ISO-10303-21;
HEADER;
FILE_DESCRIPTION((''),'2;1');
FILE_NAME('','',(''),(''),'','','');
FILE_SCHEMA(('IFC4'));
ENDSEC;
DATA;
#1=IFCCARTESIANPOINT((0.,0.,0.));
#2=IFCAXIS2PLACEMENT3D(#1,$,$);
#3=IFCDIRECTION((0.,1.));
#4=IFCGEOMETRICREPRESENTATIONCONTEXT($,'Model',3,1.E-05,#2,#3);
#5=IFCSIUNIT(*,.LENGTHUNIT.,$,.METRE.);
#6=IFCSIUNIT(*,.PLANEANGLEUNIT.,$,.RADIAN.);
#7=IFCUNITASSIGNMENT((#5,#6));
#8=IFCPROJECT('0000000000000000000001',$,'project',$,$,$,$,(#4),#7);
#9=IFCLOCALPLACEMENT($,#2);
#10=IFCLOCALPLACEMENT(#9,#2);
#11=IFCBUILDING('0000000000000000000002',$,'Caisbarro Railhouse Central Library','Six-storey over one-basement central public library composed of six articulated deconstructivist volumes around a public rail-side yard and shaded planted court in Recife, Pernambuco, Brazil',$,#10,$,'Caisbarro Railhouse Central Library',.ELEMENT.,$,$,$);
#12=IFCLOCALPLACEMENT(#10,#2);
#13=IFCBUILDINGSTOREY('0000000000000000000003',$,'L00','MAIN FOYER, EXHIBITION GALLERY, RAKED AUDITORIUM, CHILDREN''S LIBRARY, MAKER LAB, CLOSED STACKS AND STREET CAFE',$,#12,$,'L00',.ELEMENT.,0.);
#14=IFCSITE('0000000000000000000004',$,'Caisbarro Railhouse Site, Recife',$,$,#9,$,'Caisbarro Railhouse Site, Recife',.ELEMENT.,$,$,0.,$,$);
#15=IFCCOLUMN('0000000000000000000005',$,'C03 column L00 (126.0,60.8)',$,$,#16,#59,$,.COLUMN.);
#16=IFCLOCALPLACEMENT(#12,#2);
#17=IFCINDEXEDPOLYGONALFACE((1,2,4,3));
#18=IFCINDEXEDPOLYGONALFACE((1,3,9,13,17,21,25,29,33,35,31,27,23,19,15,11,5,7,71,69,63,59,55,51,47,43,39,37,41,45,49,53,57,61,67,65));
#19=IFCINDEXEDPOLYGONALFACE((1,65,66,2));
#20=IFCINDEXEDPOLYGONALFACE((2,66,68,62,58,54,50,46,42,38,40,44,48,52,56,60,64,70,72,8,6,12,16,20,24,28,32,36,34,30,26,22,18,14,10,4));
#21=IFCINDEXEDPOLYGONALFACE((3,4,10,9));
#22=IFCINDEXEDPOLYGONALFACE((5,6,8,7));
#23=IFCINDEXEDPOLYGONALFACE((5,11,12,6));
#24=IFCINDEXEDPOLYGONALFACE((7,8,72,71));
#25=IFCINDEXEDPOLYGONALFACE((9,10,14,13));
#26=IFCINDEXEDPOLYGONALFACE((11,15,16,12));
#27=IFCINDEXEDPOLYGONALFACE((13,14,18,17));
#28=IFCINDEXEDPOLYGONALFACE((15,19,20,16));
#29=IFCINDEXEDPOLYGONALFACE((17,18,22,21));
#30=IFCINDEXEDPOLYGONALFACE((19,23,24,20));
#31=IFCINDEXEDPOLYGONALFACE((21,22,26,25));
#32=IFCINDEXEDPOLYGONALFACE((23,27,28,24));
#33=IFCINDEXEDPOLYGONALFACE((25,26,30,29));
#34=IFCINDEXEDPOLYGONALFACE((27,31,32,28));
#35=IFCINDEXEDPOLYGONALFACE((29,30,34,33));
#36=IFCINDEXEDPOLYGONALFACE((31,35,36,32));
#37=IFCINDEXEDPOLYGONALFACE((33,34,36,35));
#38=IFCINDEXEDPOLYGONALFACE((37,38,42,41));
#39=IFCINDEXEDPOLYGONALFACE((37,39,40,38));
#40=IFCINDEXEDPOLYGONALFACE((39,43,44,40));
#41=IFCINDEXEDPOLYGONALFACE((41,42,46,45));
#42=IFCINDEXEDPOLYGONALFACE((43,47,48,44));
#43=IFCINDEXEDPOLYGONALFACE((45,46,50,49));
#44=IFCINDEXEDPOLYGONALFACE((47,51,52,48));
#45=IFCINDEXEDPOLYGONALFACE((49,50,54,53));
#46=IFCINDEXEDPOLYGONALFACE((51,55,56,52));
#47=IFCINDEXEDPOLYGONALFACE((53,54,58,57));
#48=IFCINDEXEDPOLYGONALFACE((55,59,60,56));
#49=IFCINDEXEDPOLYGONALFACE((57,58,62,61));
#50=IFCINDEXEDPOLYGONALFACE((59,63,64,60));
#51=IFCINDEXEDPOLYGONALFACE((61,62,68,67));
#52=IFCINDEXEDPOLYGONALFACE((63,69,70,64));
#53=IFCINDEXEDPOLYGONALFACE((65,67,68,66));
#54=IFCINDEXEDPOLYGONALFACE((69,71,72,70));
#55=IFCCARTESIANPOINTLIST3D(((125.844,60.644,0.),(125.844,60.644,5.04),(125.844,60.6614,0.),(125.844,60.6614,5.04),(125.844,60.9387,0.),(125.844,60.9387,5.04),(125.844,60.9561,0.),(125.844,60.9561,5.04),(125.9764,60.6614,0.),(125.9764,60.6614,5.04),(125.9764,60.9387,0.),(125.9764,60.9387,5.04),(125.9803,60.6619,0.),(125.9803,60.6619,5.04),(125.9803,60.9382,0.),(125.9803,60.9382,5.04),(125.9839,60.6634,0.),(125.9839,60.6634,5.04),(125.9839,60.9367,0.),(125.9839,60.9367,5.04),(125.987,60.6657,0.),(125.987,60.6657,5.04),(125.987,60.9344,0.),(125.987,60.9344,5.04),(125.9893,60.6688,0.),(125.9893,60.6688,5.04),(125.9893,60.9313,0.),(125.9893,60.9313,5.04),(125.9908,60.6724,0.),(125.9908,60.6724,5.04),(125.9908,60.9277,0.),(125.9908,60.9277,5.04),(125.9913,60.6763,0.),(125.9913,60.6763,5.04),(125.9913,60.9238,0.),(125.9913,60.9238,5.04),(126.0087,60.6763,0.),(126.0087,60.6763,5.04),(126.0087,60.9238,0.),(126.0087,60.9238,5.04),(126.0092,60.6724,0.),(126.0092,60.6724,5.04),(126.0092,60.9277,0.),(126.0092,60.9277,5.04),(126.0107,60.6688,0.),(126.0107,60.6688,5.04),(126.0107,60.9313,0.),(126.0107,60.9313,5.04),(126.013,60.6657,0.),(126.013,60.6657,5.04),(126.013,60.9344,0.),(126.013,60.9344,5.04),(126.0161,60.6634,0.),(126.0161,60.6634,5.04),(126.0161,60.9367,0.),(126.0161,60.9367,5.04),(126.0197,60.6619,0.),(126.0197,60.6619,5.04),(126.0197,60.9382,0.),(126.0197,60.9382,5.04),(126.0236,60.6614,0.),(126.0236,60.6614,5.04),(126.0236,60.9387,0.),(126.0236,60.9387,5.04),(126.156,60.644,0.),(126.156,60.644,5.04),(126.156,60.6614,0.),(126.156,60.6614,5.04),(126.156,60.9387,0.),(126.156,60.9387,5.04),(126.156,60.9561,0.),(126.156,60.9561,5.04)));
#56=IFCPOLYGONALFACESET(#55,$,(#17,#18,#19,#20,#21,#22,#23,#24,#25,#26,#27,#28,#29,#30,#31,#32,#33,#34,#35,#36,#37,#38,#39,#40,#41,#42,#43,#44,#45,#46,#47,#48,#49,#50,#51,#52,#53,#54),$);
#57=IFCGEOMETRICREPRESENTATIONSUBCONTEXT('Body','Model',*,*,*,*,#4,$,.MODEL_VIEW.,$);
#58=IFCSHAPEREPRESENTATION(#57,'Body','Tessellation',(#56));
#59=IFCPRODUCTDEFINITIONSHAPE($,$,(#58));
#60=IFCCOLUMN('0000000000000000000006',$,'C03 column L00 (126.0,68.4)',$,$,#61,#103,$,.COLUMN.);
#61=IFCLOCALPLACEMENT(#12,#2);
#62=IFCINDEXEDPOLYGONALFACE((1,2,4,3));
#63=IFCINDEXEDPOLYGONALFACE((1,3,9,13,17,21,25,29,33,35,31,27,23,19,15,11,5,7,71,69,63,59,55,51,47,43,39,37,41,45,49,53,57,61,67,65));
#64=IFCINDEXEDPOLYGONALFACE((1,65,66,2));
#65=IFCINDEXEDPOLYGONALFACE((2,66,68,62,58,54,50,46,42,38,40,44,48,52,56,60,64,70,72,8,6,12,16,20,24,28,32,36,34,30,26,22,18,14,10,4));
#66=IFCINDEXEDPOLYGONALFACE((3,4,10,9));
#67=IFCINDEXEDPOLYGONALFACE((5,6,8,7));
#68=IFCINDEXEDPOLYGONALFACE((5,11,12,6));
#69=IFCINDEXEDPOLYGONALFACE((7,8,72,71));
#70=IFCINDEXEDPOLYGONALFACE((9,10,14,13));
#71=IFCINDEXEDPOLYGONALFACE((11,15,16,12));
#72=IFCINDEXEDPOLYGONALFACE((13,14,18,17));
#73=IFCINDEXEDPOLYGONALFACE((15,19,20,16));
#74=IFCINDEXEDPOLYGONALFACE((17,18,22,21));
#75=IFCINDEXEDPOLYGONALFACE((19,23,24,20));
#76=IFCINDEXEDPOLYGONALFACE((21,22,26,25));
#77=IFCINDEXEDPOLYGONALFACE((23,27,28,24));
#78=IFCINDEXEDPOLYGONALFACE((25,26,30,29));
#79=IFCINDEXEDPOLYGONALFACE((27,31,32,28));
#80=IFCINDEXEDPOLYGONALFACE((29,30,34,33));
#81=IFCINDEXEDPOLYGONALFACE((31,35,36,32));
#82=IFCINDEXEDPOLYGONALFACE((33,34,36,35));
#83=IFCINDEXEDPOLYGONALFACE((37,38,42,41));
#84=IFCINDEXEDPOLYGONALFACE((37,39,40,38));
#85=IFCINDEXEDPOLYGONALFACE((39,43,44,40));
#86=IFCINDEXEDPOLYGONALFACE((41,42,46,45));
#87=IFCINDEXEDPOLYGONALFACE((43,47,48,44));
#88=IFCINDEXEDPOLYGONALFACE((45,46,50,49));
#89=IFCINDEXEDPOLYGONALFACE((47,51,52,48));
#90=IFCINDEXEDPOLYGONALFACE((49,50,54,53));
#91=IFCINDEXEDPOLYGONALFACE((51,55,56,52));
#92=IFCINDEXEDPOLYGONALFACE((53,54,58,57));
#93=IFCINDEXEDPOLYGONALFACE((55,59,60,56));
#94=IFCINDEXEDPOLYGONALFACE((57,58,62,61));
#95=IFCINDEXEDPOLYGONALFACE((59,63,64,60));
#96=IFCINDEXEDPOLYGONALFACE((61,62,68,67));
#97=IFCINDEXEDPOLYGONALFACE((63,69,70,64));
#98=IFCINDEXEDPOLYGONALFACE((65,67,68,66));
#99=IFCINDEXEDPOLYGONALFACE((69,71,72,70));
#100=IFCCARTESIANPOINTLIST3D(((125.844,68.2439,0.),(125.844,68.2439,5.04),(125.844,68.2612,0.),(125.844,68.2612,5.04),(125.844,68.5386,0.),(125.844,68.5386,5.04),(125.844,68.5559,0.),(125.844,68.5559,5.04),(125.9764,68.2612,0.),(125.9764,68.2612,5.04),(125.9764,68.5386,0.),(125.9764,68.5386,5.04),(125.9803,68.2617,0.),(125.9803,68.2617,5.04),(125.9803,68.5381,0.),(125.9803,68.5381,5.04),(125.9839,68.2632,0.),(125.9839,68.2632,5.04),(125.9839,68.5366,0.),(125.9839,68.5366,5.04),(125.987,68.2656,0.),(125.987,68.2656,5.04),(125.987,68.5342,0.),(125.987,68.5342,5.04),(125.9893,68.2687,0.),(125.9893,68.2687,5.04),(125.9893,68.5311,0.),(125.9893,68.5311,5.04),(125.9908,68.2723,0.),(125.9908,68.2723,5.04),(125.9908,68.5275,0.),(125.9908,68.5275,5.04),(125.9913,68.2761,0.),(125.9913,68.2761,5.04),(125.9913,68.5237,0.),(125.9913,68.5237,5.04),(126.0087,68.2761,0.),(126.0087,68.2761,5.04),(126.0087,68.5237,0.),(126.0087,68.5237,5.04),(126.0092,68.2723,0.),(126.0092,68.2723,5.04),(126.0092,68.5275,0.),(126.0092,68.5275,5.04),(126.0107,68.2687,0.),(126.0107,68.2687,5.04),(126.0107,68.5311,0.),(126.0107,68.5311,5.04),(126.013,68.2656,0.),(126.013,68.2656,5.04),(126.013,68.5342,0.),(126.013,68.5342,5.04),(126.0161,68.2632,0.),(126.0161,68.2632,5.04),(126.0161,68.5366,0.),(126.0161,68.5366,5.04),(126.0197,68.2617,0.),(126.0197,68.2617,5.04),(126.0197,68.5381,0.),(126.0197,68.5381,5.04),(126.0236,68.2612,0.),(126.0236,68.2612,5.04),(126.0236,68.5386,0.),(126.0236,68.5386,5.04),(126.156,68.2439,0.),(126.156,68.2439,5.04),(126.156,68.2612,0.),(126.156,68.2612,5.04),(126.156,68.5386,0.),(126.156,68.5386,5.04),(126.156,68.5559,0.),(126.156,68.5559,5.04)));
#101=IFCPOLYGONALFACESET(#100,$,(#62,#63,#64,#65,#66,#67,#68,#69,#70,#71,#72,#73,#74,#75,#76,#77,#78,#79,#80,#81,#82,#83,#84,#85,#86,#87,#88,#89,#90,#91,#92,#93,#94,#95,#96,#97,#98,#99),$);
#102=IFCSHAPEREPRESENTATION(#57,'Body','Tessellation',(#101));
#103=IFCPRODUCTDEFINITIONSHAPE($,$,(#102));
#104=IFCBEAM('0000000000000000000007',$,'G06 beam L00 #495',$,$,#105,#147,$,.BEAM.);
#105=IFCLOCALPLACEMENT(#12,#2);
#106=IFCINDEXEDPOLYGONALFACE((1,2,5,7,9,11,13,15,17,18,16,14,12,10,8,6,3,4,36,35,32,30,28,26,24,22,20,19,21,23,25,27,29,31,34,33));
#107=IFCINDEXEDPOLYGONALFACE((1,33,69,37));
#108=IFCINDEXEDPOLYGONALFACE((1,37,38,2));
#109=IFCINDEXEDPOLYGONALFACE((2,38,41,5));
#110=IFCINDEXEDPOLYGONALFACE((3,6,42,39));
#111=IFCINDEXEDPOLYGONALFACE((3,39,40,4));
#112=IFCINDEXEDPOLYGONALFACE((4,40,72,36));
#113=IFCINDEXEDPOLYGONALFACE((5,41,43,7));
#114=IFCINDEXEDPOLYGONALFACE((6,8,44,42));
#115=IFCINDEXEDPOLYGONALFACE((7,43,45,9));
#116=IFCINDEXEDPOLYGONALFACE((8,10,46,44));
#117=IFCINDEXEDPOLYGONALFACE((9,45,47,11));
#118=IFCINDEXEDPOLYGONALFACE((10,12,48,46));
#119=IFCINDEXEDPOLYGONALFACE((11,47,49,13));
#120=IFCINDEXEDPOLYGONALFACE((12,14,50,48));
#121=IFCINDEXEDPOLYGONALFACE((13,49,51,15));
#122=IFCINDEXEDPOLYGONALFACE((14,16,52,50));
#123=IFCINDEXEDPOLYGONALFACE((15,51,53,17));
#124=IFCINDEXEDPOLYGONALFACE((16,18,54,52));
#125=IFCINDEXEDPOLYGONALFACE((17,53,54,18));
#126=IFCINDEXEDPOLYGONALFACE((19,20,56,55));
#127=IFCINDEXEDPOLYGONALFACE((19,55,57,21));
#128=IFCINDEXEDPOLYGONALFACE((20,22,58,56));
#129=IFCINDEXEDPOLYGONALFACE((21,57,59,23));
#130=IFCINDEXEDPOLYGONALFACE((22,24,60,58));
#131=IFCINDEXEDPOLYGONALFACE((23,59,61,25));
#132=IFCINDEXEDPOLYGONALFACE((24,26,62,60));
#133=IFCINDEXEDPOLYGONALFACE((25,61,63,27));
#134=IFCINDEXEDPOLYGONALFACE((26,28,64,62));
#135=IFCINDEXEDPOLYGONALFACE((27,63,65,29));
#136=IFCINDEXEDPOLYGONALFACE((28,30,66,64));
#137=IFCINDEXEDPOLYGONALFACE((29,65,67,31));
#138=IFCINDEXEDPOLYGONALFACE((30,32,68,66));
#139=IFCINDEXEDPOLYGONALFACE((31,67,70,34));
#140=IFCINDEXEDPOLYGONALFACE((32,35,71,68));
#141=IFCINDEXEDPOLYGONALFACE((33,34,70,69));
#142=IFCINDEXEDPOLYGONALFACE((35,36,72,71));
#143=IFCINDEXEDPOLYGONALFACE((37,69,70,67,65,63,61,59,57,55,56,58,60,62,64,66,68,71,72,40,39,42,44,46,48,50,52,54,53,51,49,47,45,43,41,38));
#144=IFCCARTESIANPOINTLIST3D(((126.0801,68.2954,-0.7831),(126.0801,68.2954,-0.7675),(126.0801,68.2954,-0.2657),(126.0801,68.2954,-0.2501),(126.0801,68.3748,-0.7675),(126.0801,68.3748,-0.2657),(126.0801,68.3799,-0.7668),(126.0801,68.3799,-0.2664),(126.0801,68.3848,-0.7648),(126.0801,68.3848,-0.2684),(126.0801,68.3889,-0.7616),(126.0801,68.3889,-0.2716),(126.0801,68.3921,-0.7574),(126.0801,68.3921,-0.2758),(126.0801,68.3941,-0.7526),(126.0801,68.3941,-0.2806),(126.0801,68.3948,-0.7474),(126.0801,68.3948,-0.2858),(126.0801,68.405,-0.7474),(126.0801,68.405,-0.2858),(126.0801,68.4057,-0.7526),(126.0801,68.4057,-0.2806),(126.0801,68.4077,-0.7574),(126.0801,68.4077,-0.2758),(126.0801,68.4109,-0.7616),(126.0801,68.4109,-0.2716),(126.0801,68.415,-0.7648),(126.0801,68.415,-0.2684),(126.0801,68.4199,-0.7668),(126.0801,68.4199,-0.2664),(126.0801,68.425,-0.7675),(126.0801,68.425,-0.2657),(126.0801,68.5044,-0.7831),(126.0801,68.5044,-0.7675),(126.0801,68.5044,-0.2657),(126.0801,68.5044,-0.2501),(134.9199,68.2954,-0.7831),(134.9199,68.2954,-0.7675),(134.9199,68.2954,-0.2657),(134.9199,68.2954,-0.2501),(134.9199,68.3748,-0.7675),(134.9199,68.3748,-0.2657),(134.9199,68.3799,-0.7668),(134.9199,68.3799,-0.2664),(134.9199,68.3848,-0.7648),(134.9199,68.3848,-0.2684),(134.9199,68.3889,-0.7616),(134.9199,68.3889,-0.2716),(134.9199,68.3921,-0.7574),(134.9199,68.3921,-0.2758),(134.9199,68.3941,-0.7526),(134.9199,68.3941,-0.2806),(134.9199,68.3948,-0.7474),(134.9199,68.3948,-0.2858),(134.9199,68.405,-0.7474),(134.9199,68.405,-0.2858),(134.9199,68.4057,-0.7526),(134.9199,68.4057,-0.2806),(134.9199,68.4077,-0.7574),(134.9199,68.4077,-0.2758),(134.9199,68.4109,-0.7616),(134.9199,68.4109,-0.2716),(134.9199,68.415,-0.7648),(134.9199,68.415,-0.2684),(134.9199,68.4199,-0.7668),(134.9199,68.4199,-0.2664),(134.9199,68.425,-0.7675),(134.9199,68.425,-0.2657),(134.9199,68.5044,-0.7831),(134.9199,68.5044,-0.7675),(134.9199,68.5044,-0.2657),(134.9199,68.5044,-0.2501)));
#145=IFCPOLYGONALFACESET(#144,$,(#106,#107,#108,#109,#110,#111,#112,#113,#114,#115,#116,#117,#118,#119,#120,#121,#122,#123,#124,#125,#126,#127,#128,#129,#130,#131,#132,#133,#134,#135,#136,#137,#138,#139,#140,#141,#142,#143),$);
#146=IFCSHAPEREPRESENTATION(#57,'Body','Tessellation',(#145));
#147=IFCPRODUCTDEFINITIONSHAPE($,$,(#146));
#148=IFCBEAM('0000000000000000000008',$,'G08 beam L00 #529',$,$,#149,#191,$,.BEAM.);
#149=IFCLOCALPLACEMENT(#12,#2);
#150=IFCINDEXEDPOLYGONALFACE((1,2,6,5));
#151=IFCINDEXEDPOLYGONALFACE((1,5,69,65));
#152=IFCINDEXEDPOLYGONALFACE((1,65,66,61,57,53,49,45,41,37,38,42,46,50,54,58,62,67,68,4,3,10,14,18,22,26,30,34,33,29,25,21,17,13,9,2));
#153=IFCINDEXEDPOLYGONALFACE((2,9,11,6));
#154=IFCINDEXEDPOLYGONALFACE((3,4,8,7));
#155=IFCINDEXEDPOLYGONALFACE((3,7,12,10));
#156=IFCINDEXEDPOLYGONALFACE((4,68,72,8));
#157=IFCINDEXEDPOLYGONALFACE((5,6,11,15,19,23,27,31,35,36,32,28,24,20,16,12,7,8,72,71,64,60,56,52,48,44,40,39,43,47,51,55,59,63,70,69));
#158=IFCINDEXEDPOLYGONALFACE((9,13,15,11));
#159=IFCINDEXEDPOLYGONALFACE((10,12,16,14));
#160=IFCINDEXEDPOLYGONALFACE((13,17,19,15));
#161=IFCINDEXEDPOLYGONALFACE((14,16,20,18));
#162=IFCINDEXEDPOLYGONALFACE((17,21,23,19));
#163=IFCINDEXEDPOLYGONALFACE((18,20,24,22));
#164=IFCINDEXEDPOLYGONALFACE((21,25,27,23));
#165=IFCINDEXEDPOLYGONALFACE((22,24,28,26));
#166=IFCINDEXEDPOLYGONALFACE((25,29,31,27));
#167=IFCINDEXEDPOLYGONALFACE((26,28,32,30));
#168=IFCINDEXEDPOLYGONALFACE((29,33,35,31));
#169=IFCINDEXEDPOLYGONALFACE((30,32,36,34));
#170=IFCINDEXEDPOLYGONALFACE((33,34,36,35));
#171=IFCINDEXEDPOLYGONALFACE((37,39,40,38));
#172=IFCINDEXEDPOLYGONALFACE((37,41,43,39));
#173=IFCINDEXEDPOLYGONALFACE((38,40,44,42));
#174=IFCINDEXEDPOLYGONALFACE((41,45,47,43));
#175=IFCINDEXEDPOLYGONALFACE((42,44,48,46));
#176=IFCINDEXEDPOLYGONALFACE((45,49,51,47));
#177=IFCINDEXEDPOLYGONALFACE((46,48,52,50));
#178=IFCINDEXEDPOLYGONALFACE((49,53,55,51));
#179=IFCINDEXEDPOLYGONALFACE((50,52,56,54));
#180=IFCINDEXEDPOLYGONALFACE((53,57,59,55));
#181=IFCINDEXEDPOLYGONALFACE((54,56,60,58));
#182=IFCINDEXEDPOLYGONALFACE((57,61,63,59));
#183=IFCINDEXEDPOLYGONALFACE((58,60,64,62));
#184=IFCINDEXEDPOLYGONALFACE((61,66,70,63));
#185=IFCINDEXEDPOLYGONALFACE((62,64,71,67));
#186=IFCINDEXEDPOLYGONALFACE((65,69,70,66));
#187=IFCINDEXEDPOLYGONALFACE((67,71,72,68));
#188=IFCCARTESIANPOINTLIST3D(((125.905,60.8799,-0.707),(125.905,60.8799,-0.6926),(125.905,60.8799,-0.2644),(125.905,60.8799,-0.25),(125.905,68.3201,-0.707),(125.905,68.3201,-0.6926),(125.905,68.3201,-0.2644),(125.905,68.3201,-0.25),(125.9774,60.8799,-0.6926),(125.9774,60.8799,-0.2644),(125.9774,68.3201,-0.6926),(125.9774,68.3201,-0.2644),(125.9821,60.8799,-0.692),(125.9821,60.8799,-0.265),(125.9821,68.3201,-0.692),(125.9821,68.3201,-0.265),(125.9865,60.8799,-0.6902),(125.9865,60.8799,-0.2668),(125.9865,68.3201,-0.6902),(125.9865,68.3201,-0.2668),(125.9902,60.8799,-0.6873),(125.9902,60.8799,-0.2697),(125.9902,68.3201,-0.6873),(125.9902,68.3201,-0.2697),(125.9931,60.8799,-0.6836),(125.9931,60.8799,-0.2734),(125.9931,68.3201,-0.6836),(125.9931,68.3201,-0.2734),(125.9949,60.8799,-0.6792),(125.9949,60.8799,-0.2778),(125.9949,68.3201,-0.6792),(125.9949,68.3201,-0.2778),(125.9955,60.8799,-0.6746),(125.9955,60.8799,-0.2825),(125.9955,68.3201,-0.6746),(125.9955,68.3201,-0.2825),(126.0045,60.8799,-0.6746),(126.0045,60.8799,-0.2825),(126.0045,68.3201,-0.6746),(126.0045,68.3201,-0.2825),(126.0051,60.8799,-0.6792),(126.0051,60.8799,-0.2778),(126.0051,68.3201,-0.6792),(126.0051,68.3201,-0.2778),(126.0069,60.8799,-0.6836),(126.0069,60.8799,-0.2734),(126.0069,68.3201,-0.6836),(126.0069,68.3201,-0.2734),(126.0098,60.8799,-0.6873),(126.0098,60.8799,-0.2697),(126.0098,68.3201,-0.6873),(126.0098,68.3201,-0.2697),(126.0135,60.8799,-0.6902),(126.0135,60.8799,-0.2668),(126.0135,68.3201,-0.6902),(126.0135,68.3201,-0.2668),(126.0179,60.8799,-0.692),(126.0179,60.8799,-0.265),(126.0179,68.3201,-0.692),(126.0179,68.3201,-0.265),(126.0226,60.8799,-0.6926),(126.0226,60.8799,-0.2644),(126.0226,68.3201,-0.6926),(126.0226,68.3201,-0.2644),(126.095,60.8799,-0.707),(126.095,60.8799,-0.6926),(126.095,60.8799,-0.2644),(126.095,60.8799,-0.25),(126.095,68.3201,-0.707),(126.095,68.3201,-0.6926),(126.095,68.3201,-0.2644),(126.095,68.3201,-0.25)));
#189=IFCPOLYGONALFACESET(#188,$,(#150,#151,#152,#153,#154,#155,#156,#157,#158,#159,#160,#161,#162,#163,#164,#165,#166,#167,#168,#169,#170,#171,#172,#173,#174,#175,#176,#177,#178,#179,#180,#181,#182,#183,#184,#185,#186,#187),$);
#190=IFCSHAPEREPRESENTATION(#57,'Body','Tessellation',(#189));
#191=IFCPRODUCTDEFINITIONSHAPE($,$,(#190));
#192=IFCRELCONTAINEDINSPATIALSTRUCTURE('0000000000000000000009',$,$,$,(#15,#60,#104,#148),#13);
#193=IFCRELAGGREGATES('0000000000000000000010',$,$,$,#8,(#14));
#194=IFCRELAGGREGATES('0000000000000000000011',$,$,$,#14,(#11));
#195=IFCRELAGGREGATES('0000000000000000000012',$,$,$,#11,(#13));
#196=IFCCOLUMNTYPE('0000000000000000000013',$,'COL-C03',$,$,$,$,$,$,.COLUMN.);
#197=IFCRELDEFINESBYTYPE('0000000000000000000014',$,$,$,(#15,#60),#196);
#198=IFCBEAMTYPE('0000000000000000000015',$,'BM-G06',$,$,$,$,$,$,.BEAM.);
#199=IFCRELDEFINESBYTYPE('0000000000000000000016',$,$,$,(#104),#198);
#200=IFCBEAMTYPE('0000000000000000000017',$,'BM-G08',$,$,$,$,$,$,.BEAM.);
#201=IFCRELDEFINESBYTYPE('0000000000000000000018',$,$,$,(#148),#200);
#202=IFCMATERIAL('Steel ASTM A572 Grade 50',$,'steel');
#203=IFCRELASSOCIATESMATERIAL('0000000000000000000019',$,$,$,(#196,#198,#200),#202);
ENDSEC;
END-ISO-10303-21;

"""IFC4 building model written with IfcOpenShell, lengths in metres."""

from ifc_helpers import new_model, si_unit, direction, frame, origin, origin_2d, place, context, subcontext, project, spatial, i_section, extrude, material, material_profile, profile_set, type_object, element, save


model = new_model("IFC4")

# Units and contexts
model_context = context("Model", 3, precision=1e-05, world=origin(), true_north=direction((0.0, 1.0)))
body_context = subcontext(model_context, "Body", "Model", "MODEL_VIEW")
ifc_project = project(units=[si_unit("LENGTHUNIT", "METRE"), si_unit("PLANEANGLEUNIT", "RADIAN")], contexts=[model_context])

# Site, building, storey
site_placement = place(None, origin())
site = spatial("IfcSite", under=ifc_project, at=site_placement, Name="Caisbarro Railhouse Site, Recife", LongName="Caisbarro Railhouse Site, Recife", CompositionType="ELEMENT", RefElevation=0.0)
building_placement = place(site_placement, origin())
building = spatial("IfcBuilding", under=site, at=building_placement, Name="Caisbarro Railhouse Central Library", Description="Six-storey over one-basement central public library composed of six articulated deconstructivist volumes around a public rail-side yard and shaded planted court in Recife, Pernambuco, Brazil", LongName="Caisbarro Railhouse Central Library", CompositionType="ELEMENT")
storey_placement = place(building_placement, origin())
storey = spatial("IfcBuildingStorey", under=building, at=storey_placement, Name="L00", Description="MAIN FOYER, EXHIBITION GALLERY, RAKED AUDITORIUM, CHILDREN'S LIBRARY, MAKER LAB, CLOSED STACKS AND STREET CAFE", LongName="L00", CompositionType="ELEMENT", Elevation=0.0)

# Columns
ifc_material_1 = material(Name="Steel ASTM A572 Grade 50", Category="steel")
ifc_material_profile_1 = material_profile(ifc_material_1, i_section(OverallWidth=0.312, OverallDepth=0.312, WebThickness=0.0173, FlangeThickness=0.0173, FilletRadius=0.0149, at=origin_2d()), Name="HP310X125.0")
ifc_profile_set_1 = profile_set([ifc_material_profile_1], Name="Steel ASTM A572 Grade 50")
column_type = type_object("IfcColumnType", Name="COL-C03", PredefinedType="COLUMN", material=ifc_profile_set_1)
for number, where, z_axis, x_axis, name in (
    (1, (126.0, 60.8, 0.0), (0.0, 0.0, 1.0), (1.0, 0.0, 0.0), "C03 column L00 (126.0,60.8)"),
    (2, (126.0, 68.3999, 0.0), (0.0, 0.0, 1.0), (1.0, 0.0, 0.0), "C03 column L00 (126.0,68.4)"),
):
    element("IfcColumn", number, at=place(storey_placement, frame(where, z_axis=z_axis, x_axis=x_axis)), inside=storey, type_object=column_type, Name=name, PredefinedType="COLUMN", context=body_context, shape_type="SweptSolid", body=[
        extrude(i_section(OverallWidth=0.312, OverallDepth=0.312, WebThickness=0.0173, FlangeThickness=0.0173, FilletRadius=0.0149, at=origin_2d()), origin(), (0.0, 0.0, 1.0), 5.04),
    ])

# Beams
ifc_material_profile_2 = material_profile(ifc_material_1, i_section(OverallWidth=0.209, OverallDepth=0.533, WebThickness=0.0103, FlangeThickness=0.0156, FilletRadius=0.02, at=origin_2d()), Name="W530X92.0")
ifc_profile_set_2 = profile_set([ifc_material_profile_2], Name="Steel ASTM A572 Grade 50")
beam_type_1 = type_object("IfcBeamType", Name="BM-G06", PredefinedType="BEAM", material=ifc_profile_set_2)
beam_1_placement = place(storey_placement, frame((126.0801, 68.3999, -0.5166), z_axis=(1.0, 0.0, 0.0), x_axis=(0.0, 1.0, 0.0)))
element("IfcBeam", 3, at=beam_1_placement, inside=storey, type_object=beam_type_1, Name="G06 beam L00 #495", PredefinedType="BEAM", context=body_context, shape_type="SweptSolid", body=[
    extrude(i_section(OverallWidth=0.209, OverallDepth=0.533, WebThickness=0.0103, FlangeThickness=0.0156, FilletRadius=0.02, at=origin_2d()), origin(), (0.0, 0.0, 1.0), 8.8398),
])
ifc_material_profile_3 = material_profile(ifc_material_1, i_section(OverallWidth=0.1899, OverallDepth=0.457, WebThickness=0.009, FlangeThickness=0.0144, FilletRadius=0.0181, at=origin_2d()), Name="W460X74.0")
ifc_profile_set_3 = profile_set([ifc_material_profile_3], Name="Steel ASTM A572 Grade 50")
beam_type_2 = type_object("IfcBeamType", Name="BM-G08", PredefinedType="BEAM", material=ifc_profile_set_3)
beam_2_placement = place(storey_placement, frame((126.0, 60.8799, -0.4785), z_axis=(0.0, 1.0, 0.0), x_axis=(-1.0, 0.0, 0.0)))
element("IfcBeam", 4, at=beam_2_placement, inside=storey, type_object=beam_type_2, Name="G08 beam L00 #529", PredefinedType="BEAM", context=body_context, shape_type="SweptSolid", body=[
    extrude(i_section(OverallWidth=0.1899, OverallDepth=0.457, WebThickness=0.009, FlangeThickness=0.0144, FilletRadius=0.0181, at=origin_2d()), origin(), (0.0, 0.0, 1.0), 7.4402),
])

save(model, "model.ifc")
